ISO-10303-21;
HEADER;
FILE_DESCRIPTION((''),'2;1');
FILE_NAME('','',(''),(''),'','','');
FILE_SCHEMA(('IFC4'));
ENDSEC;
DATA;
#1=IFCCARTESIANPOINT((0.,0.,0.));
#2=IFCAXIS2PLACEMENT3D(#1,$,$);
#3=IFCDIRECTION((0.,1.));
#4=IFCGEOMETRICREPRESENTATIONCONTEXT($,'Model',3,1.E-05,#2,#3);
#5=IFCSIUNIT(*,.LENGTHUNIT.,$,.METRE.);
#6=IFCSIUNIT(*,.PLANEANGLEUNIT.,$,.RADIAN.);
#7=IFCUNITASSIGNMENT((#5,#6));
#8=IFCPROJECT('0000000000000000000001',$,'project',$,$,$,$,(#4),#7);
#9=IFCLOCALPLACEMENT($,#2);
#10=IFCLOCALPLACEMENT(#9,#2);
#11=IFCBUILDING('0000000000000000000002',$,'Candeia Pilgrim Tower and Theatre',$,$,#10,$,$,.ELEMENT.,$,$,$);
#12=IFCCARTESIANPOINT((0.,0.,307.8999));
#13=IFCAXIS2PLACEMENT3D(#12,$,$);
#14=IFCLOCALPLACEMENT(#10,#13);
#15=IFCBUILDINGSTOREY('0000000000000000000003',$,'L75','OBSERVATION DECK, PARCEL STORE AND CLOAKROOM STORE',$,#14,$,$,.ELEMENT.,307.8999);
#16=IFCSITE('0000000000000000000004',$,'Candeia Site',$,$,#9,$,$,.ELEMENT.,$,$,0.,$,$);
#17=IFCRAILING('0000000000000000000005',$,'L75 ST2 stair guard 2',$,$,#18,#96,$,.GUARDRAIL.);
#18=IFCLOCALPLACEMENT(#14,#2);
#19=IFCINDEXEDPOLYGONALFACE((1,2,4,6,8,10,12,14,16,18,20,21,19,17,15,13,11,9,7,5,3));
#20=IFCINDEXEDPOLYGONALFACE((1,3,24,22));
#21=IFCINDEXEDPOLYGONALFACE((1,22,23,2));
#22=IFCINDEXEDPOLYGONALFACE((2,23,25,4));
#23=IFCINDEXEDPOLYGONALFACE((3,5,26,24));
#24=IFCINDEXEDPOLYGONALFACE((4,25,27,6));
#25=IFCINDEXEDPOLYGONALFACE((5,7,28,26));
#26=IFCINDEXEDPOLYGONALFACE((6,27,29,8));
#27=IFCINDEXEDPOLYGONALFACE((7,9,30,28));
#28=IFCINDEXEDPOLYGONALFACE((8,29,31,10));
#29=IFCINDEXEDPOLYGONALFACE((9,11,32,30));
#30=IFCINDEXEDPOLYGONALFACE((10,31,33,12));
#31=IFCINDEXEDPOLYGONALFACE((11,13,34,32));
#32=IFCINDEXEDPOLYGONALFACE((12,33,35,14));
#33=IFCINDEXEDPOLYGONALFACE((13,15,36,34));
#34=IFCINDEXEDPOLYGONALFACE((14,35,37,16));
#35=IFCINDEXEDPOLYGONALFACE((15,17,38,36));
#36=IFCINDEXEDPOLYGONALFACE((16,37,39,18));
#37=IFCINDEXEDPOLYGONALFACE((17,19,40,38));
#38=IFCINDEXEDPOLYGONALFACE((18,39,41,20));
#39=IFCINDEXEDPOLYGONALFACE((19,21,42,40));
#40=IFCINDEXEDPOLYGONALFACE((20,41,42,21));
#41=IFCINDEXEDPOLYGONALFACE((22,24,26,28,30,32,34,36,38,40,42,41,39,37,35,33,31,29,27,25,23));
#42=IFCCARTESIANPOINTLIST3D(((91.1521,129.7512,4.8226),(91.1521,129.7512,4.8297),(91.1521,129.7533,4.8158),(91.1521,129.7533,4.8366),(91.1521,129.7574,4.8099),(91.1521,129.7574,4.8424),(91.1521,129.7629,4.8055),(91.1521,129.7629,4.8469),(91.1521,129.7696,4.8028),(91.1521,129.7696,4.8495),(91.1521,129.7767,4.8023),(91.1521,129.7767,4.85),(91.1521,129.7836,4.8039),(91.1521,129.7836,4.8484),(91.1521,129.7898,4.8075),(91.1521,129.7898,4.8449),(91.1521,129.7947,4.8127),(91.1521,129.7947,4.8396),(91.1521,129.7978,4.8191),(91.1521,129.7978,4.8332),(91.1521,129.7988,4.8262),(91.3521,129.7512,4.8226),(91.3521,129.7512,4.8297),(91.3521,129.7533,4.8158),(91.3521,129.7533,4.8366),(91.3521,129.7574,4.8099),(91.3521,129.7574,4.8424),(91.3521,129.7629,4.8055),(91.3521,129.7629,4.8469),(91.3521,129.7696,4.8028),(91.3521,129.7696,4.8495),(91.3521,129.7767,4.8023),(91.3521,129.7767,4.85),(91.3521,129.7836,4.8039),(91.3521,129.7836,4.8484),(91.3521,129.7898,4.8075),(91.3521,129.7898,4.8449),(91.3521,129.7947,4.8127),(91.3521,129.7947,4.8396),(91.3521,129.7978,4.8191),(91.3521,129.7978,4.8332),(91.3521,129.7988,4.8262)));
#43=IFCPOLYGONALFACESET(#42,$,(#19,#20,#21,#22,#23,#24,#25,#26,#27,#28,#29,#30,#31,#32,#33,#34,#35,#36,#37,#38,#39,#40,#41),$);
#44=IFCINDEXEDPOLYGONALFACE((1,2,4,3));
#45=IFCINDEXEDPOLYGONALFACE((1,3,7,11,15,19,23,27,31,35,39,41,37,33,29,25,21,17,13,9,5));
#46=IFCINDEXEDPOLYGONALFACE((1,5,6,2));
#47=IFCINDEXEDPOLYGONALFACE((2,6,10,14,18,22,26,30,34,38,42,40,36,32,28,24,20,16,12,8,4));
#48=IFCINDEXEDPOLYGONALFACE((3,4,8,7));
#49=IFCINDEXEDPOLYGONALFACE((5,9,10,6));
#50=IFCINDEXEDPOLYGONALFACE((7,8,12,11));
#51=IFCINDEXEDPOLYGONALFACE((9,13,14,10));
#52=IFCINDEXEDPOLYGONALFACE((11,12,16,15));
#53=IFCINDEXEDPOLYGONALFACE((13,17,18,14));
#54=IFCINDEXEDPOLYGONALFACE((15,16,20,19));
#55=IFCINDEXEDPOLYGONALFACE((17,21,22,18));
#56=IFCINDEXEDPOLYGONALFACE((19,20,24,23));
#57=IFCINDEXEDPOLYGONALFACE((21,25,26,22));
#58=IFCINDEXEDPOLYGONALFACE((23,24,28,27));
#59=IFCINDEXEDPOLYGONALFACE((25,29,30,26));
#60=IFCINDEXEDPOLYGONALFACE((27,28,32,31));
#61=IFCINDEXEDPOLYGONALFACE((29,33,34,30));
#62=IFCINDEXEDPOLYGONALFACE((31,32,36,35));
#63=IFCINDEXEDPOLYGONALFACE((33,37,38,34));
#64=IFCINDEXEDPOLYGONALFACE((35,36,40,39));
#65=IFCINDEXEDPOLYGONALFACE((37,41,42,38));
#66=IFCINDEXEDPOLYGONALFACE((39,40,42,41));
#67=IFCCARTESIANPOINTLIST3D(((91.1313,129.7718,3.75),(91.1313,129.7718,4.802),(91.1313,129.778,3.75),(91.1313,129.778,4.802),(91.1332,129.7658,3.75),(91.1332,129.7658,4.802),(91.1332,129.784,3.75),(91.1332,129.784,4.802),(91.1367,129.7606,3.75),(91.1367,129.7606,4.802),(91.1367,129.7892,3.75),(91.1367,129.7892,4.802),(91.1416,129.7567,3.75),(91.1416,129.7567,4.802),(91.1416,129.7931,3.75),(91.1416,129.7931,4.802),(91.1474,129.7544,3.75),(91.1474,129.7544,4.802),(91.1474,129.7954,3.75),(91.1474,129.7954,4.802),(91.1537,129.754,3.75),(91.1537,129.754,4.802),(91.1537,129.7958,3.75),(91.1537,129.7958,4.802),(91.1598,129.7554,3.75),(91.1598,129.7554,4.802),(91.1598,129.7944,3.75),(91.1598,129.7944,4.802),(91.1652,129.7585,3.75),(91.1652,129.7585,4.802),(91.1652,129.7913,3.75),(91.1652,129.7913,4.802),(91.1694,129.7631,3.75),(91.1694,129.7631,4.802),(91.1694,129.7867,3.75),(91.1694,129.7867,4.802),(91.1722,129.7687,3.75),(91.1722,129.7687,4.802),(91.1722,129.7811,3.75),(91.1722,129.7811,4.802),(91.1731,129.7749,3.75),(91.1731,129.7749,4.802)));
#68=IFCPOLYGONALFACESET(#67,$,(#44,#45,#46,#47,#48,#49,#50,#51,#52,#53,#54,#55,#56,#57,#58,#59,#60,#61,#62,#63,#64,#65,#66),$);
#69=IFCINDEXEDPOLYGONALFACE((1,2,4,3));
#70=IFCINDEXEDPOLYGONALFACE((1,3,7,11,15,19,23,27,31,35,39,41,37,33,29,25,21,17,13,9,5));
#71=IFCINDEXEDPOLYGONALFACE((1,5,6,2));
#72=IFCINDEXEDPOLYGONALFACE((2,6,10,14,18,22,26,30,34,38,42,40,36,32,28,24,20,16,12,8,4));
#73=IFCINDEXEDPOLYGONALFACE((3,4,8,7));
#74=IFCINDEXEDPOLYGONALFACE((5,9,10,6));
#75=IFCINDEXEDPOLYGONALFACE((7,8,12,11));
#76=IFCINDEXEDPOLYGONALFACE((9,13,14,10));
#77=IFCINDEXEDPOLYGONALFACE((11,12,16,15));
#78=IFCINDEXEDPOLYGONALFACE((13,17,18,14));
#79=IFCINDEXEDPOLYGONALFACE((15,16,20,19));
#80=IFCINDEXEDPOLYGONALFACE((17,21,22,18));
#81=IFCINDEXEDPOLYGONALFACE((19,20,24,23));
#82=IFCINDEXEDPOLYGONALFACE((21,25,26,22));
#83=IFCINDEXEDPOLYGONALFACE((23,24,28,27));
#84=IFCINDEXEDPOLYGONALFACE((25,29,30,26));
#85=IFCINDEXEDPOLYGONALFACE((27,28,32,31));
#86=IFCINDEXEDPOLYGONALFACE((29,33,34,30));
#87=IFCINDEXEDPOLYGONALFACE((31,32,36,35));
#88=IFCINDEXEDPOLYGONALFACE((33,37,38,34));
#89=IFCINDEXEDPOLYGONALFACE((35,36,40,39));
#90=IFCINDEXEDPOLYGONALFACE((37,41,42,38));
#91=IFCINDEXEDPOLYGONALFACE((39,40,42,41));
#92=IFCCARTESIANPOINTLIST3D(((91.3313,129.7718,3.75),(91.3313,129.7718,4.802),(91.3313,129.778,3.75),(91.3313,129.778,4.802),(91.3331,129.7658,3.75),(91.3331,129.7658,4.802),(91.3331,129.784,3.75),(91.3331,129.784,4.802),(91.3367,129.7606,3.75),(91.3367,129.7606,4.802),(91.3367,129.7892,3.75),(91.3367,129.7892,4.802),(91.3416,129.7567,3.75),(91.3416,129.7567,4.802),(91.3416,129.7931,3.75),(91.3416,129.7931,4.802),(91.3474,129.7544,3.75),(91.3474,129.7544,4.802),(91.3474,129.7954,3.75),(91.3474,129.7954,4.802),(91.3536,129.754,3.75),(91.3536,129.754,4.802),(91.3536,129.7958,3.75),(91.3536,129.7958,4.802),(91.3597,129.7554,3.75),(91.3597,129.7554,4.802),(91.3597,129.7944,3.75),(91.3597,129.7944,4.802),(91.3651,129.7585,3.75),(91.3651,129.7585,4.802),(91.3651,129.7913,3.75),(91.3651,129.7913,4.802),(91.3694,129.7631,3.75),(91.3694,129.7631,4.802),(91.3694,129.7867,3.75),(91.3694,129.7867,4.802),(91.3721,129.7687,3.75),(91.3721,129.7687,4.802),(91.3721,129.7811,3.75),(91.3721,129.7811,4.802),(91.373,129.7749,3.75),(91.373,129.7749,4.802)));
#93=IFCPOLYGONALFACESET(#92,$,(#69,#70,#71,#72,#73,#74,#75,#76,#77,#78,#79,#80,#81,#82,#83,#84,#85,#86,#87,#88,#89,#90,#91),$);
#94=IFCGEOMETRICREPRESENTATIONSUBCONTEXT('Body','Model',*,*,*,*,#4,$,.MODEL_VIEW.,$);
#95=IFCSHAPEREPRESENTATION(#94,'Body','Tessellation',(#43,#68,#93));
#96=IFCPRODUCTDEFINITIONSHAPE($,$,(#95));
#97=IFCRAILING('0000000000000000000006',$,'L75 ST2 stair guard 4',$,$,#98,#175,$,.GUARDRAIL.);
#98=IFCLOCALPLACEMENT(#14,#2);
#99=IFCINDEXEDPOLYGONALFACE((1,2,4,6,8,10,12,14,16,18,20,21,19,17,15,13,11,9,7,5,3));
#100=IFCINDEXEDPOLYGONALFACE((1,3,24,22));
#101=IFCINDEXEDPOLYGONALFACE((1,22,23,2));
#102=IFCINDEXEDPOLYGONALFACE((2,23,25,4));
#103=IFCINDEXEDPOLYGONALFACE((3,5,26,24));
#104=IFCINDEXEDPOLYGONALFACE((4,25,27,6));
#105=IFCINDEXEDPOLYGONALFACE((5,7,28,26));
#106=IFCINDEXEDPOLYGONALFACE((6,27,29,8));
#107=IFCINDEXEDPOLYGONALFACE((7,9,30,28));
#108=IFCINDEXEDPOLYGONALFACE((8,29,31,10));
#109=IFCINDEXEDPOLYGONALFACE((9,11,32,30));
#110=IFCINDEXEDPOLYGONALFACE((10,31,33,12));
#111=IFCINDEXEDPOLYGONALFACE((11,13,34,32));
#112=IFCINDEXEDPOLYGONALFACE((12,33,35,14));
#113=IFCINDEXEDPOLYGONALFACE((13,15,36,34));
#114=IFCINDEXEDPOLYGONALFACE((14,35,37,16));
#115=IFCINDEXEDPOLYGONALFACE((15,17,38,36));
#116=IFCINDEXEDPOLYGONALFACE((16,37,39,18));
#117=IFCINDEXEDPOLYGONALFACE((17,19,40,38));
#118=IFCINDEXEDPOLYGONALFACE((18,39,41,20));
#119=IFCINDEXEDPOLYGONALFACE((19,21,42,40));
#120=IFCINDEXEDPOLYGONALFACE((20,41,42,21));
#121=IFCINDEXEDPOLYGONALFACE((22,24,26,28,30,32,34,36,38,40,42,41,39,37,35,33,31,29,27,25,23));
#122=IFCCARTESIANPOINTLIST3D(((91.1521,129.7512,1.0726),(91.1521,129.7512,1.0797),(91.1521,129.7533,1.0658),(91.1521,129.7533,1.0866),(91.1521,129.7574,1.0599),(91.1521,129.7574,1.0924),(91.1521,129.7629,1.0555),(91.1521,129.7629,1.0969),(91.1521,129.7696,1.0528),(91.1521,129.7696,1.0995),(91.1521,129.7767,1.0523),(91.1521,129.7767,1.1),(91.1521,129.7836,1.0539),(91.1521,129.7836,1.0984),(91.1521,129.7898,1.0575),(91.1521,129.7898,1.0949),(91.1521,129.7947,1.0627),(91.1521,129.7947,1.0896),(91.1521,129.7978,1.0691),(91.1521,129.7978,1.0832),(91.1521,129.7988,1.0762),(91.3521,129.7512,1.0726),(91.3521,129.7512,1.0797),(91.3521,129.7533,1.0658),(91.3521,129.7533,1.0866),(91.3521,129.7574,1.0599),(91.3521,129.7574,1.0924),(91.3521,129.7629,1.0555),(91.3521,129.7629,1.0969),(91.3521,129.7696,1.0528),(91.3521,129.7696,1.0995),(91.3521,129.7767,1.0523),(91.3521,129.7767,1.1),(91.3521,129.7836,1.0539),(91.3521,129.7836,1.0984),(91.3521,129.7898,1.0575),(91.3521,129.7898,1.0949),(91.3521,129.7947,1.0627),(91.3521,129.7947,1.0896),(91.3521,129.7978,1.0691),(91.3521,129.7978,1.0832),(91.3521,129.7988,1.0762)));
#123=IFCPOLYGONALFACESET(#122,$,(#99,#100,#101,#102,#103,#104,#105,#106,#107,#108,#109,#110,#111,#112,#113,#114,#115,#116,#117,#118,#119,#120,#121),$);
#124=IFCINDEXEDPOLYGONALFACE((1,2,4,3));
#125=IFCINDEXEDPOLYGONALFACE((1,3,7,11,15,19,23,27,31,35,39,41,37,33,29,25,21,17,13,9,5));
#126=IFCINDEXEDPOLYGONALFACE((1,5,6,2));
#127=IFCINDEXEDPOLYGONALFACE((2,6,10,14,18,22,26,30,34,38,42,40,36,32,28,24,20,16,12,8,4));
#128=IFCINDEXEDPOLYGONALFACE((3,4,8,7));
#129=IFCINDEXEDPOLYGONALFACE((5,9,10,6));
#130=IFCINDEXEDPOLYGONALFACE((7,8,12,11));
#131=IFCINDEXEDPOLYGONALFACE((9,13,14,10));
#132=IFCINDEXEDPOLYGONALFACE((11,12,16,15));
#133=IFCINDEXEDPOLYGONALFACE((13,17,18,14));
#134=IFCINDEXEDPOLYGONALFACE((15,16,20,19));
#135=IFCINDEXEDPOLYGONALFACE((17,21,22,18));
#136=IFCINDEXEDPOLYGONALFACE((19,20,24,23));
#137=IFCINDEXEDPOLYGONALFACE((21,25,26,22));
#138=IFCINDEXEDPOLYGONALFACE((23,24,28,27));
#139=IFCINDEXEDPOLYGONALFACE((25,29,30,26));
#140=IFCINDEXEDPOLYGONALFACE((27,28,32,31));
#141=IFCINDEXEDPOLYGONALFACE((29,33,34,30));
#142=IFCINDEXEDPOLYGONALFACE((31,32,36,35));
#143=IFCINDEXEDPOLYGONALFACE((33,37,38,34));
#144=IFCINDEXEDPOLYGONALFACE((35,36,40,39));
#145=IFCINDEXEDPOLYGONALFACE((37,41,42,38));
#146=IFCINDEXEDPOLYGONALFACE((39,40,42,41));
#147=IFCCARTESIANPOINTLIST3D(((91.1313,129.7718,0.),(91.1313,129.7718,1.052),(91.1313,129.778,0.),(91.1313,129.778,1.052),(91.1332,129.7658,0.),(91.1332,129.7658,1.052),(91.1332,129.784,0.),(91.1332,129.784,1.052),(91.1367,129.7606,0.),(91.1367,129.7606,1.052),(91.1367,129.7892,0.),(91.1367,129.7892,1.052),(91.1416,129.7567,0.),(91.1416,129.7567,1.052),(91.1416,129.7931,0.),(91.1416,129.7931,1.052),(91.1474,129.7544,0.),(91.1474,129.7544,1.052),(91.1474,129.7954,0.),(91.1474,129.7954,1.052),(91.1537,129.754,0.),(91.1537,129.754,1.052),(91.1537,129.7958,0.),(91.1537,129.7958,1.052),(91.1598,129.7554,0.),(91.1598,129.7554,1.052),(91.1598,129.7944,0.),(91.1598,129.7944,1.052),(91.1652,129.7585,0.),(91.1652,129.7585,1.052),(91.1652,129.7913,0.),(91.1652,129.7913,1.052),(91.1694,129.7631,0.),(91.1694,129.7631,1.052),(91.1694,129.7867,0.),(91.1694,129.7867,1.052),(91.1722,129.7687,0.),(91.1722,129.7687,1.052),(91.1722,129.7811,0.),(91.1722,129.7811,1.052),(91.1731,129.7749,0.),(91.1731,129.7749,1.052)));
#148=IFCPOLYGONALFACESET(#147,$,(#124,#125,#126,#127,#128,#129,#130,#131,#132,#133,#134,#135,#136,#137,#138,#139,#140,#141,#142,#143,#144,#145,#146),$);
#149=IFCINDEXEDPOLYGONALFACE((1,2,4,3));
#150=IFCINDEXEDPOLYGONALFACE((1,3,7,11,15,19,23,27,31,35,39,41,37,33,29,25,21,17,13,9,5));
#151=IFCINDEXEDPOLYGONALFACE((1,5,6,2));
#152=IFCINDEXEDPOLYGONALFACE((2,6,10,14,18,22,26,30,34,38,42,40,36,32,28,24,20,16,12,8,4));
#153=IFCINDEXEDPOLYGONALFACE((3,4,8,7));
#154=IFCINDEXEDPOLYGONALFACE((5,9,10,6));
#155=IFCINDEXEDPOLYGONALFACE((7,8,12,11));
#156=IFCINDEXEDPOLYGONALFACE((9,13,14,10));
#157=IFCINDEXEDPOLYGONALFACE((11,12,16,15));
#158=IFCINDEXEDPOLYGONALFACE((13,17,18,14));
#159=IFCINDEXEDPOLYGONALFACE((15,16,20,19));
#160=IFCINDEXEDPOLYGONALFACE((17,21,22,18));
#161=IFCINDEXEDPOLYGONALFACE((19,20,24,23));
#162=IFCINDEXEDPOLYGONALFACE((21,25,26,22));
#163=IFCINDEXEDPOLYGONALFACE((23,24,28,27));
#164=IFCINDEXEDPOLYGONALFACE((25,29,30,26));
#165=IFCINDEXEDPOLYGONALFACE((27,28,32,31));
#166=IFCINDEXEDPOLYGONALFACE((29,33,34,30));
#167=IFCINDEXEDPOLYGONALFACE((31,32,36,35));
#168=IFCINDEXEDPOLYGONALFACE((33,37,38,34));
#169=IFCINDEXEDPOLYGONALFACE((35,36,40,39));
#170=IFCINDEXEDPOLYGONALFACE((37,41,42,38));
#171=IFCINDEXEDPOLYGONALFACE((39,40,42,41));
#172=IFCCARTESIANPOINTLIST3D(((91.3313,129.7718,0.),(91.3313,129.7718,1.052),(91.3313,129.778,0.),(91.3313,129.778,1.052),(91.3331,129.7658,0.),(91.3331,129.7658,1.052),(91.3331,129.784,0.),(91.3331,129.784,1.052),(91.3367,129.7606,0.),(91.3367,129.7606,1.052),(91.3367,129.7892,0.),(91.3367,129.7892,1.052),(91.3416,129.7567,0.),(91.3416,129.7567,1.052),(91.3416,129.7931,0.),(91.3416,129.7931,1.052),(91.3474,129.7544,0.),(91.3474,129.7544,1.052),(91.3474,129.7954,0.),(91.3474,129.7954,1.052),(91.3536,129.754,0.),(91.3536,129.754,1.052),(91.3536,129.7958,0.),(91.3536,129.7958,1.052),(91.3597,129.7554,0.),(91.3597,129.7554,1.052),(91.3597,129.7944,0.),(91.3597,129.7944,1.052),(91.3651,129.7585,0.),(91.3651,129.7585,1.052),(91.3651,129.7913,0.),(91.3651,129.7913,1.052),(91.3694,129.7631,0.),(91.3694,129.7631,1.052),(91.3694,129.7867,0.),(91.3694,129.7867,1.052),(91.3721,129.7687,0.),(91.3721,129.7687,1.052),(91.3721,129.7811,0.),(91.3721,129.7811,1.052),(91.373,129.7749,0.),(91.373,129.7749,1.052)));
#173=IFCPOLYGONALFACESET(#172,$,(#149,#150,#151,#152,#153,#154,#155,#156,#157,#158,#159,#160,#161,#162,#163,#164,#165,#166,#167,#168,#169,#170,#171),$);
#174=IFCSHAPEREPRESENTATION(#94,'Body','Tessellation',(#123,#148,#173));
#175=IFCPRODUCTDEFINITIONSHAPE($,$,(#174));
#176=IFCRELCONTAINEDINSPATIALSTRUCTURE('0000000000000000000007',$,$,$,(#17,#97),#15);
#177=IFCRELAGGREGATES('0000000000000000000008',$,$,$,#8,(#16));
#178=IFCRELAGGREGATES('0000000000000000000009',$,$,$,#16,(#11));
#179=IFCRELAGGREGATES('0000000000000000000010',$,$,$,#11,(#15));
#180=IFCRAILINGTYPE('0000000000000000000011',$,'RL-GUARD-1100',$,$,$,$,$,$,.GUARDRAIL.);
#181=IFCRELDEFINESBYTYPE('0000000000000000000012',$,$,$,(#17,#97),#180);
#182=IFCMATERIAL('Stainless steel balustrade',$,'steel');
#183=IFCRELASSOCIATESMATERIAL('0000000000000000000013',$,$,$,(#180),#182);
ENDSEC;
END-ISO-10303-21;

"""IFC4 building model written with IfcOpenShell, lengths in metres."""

from ifc_helpers import new_model, si_unit, direction, frame, origin, origin_2d, place, context, subcontext, project, spatial, circle, extrude, material, type_object, element, save


model = new_model("IFC4")

# Units and contexts
model_context = context("Model", 3, precision=1e-05, world=origin(), true_north=direction((0.0, 1.0)))
body_context = subcontext(model_context, "Body", "Model", "MODEL_VIEW")
ifc_project = project(units=[si_unit("LENGTHUNIT", "METRE"), si_unit("PLANEANGLEUNIT", "RADIAN")], contexts=[model_context])

# Site, building, storey
site_placement = place(None, origin())
site = spatial("IfcSite", under=ifc_project, at=site_placement, Name="Candeia Site", CompositionType="ELEMENT", RefElevation=0.0)
building_placement = place(site_placement, origin())
building = spatial("IfcBuilding", under=site, at=building_placement, Name="Candeia Pilgrim Tower and Theatre", CompositionType="ELEMENT")
storey_placement = place(building_placement, frame((0.0, 0.0, 307.8999)))
storey = spatial("IfcBuildingStorey", under=building, at=storey_placement, Name="L75", Description="OBSERVATION DECK, PARCEL STORE AND CLOAKROOM STORE", CompositionType="ELEMENT", Elevation=307.8999)

# Railings
ifc_material_1 = material(Name="Stainless steel balustrade", Category="steel")
railing_type_1 = type_object("IfcRailingType", Name="RL-GUARD-1100", PredefinedType="GUARDRAIL", material=ifc_material_1)
for number, where, name in (
    (1, (91.1521, 129.7749, 3.75), "L75 ST2 stair guard 2"),
    (2, (91.1521, 129.7749, 0.0), "L75 ST2 stair guard 4"),
):
    element("IfcRailing", number, at=place(storey_placement, frame(where)), inside=storey, type_object=railing_type_1, Name=name, PredefinedType="GUARDRAIL", context=body_context, shape_type="SweptSolid", body=[
        extrude(circle(Radius=0.0239, at=origin_2d()), frame((0.0, 0.0, 1.0762), z_axis=(1.0, 0.0, 0.0), x_axis=(0.0, 1.0, 0.0)), (0.0, 0.0, 1.0), 0.2),
        extrude(circle(Radius=0.021, at=origin_2d()), origin(), (0.0, 0.0, 1.0), 1.052),
        extrude(circle(Radius=0.021, at=origin_2d()), frame((0.2, 0.0, 0.0)), (0.0, 0.0, 1.0), 1.052),
    ])

save(model, "model.ifc")
